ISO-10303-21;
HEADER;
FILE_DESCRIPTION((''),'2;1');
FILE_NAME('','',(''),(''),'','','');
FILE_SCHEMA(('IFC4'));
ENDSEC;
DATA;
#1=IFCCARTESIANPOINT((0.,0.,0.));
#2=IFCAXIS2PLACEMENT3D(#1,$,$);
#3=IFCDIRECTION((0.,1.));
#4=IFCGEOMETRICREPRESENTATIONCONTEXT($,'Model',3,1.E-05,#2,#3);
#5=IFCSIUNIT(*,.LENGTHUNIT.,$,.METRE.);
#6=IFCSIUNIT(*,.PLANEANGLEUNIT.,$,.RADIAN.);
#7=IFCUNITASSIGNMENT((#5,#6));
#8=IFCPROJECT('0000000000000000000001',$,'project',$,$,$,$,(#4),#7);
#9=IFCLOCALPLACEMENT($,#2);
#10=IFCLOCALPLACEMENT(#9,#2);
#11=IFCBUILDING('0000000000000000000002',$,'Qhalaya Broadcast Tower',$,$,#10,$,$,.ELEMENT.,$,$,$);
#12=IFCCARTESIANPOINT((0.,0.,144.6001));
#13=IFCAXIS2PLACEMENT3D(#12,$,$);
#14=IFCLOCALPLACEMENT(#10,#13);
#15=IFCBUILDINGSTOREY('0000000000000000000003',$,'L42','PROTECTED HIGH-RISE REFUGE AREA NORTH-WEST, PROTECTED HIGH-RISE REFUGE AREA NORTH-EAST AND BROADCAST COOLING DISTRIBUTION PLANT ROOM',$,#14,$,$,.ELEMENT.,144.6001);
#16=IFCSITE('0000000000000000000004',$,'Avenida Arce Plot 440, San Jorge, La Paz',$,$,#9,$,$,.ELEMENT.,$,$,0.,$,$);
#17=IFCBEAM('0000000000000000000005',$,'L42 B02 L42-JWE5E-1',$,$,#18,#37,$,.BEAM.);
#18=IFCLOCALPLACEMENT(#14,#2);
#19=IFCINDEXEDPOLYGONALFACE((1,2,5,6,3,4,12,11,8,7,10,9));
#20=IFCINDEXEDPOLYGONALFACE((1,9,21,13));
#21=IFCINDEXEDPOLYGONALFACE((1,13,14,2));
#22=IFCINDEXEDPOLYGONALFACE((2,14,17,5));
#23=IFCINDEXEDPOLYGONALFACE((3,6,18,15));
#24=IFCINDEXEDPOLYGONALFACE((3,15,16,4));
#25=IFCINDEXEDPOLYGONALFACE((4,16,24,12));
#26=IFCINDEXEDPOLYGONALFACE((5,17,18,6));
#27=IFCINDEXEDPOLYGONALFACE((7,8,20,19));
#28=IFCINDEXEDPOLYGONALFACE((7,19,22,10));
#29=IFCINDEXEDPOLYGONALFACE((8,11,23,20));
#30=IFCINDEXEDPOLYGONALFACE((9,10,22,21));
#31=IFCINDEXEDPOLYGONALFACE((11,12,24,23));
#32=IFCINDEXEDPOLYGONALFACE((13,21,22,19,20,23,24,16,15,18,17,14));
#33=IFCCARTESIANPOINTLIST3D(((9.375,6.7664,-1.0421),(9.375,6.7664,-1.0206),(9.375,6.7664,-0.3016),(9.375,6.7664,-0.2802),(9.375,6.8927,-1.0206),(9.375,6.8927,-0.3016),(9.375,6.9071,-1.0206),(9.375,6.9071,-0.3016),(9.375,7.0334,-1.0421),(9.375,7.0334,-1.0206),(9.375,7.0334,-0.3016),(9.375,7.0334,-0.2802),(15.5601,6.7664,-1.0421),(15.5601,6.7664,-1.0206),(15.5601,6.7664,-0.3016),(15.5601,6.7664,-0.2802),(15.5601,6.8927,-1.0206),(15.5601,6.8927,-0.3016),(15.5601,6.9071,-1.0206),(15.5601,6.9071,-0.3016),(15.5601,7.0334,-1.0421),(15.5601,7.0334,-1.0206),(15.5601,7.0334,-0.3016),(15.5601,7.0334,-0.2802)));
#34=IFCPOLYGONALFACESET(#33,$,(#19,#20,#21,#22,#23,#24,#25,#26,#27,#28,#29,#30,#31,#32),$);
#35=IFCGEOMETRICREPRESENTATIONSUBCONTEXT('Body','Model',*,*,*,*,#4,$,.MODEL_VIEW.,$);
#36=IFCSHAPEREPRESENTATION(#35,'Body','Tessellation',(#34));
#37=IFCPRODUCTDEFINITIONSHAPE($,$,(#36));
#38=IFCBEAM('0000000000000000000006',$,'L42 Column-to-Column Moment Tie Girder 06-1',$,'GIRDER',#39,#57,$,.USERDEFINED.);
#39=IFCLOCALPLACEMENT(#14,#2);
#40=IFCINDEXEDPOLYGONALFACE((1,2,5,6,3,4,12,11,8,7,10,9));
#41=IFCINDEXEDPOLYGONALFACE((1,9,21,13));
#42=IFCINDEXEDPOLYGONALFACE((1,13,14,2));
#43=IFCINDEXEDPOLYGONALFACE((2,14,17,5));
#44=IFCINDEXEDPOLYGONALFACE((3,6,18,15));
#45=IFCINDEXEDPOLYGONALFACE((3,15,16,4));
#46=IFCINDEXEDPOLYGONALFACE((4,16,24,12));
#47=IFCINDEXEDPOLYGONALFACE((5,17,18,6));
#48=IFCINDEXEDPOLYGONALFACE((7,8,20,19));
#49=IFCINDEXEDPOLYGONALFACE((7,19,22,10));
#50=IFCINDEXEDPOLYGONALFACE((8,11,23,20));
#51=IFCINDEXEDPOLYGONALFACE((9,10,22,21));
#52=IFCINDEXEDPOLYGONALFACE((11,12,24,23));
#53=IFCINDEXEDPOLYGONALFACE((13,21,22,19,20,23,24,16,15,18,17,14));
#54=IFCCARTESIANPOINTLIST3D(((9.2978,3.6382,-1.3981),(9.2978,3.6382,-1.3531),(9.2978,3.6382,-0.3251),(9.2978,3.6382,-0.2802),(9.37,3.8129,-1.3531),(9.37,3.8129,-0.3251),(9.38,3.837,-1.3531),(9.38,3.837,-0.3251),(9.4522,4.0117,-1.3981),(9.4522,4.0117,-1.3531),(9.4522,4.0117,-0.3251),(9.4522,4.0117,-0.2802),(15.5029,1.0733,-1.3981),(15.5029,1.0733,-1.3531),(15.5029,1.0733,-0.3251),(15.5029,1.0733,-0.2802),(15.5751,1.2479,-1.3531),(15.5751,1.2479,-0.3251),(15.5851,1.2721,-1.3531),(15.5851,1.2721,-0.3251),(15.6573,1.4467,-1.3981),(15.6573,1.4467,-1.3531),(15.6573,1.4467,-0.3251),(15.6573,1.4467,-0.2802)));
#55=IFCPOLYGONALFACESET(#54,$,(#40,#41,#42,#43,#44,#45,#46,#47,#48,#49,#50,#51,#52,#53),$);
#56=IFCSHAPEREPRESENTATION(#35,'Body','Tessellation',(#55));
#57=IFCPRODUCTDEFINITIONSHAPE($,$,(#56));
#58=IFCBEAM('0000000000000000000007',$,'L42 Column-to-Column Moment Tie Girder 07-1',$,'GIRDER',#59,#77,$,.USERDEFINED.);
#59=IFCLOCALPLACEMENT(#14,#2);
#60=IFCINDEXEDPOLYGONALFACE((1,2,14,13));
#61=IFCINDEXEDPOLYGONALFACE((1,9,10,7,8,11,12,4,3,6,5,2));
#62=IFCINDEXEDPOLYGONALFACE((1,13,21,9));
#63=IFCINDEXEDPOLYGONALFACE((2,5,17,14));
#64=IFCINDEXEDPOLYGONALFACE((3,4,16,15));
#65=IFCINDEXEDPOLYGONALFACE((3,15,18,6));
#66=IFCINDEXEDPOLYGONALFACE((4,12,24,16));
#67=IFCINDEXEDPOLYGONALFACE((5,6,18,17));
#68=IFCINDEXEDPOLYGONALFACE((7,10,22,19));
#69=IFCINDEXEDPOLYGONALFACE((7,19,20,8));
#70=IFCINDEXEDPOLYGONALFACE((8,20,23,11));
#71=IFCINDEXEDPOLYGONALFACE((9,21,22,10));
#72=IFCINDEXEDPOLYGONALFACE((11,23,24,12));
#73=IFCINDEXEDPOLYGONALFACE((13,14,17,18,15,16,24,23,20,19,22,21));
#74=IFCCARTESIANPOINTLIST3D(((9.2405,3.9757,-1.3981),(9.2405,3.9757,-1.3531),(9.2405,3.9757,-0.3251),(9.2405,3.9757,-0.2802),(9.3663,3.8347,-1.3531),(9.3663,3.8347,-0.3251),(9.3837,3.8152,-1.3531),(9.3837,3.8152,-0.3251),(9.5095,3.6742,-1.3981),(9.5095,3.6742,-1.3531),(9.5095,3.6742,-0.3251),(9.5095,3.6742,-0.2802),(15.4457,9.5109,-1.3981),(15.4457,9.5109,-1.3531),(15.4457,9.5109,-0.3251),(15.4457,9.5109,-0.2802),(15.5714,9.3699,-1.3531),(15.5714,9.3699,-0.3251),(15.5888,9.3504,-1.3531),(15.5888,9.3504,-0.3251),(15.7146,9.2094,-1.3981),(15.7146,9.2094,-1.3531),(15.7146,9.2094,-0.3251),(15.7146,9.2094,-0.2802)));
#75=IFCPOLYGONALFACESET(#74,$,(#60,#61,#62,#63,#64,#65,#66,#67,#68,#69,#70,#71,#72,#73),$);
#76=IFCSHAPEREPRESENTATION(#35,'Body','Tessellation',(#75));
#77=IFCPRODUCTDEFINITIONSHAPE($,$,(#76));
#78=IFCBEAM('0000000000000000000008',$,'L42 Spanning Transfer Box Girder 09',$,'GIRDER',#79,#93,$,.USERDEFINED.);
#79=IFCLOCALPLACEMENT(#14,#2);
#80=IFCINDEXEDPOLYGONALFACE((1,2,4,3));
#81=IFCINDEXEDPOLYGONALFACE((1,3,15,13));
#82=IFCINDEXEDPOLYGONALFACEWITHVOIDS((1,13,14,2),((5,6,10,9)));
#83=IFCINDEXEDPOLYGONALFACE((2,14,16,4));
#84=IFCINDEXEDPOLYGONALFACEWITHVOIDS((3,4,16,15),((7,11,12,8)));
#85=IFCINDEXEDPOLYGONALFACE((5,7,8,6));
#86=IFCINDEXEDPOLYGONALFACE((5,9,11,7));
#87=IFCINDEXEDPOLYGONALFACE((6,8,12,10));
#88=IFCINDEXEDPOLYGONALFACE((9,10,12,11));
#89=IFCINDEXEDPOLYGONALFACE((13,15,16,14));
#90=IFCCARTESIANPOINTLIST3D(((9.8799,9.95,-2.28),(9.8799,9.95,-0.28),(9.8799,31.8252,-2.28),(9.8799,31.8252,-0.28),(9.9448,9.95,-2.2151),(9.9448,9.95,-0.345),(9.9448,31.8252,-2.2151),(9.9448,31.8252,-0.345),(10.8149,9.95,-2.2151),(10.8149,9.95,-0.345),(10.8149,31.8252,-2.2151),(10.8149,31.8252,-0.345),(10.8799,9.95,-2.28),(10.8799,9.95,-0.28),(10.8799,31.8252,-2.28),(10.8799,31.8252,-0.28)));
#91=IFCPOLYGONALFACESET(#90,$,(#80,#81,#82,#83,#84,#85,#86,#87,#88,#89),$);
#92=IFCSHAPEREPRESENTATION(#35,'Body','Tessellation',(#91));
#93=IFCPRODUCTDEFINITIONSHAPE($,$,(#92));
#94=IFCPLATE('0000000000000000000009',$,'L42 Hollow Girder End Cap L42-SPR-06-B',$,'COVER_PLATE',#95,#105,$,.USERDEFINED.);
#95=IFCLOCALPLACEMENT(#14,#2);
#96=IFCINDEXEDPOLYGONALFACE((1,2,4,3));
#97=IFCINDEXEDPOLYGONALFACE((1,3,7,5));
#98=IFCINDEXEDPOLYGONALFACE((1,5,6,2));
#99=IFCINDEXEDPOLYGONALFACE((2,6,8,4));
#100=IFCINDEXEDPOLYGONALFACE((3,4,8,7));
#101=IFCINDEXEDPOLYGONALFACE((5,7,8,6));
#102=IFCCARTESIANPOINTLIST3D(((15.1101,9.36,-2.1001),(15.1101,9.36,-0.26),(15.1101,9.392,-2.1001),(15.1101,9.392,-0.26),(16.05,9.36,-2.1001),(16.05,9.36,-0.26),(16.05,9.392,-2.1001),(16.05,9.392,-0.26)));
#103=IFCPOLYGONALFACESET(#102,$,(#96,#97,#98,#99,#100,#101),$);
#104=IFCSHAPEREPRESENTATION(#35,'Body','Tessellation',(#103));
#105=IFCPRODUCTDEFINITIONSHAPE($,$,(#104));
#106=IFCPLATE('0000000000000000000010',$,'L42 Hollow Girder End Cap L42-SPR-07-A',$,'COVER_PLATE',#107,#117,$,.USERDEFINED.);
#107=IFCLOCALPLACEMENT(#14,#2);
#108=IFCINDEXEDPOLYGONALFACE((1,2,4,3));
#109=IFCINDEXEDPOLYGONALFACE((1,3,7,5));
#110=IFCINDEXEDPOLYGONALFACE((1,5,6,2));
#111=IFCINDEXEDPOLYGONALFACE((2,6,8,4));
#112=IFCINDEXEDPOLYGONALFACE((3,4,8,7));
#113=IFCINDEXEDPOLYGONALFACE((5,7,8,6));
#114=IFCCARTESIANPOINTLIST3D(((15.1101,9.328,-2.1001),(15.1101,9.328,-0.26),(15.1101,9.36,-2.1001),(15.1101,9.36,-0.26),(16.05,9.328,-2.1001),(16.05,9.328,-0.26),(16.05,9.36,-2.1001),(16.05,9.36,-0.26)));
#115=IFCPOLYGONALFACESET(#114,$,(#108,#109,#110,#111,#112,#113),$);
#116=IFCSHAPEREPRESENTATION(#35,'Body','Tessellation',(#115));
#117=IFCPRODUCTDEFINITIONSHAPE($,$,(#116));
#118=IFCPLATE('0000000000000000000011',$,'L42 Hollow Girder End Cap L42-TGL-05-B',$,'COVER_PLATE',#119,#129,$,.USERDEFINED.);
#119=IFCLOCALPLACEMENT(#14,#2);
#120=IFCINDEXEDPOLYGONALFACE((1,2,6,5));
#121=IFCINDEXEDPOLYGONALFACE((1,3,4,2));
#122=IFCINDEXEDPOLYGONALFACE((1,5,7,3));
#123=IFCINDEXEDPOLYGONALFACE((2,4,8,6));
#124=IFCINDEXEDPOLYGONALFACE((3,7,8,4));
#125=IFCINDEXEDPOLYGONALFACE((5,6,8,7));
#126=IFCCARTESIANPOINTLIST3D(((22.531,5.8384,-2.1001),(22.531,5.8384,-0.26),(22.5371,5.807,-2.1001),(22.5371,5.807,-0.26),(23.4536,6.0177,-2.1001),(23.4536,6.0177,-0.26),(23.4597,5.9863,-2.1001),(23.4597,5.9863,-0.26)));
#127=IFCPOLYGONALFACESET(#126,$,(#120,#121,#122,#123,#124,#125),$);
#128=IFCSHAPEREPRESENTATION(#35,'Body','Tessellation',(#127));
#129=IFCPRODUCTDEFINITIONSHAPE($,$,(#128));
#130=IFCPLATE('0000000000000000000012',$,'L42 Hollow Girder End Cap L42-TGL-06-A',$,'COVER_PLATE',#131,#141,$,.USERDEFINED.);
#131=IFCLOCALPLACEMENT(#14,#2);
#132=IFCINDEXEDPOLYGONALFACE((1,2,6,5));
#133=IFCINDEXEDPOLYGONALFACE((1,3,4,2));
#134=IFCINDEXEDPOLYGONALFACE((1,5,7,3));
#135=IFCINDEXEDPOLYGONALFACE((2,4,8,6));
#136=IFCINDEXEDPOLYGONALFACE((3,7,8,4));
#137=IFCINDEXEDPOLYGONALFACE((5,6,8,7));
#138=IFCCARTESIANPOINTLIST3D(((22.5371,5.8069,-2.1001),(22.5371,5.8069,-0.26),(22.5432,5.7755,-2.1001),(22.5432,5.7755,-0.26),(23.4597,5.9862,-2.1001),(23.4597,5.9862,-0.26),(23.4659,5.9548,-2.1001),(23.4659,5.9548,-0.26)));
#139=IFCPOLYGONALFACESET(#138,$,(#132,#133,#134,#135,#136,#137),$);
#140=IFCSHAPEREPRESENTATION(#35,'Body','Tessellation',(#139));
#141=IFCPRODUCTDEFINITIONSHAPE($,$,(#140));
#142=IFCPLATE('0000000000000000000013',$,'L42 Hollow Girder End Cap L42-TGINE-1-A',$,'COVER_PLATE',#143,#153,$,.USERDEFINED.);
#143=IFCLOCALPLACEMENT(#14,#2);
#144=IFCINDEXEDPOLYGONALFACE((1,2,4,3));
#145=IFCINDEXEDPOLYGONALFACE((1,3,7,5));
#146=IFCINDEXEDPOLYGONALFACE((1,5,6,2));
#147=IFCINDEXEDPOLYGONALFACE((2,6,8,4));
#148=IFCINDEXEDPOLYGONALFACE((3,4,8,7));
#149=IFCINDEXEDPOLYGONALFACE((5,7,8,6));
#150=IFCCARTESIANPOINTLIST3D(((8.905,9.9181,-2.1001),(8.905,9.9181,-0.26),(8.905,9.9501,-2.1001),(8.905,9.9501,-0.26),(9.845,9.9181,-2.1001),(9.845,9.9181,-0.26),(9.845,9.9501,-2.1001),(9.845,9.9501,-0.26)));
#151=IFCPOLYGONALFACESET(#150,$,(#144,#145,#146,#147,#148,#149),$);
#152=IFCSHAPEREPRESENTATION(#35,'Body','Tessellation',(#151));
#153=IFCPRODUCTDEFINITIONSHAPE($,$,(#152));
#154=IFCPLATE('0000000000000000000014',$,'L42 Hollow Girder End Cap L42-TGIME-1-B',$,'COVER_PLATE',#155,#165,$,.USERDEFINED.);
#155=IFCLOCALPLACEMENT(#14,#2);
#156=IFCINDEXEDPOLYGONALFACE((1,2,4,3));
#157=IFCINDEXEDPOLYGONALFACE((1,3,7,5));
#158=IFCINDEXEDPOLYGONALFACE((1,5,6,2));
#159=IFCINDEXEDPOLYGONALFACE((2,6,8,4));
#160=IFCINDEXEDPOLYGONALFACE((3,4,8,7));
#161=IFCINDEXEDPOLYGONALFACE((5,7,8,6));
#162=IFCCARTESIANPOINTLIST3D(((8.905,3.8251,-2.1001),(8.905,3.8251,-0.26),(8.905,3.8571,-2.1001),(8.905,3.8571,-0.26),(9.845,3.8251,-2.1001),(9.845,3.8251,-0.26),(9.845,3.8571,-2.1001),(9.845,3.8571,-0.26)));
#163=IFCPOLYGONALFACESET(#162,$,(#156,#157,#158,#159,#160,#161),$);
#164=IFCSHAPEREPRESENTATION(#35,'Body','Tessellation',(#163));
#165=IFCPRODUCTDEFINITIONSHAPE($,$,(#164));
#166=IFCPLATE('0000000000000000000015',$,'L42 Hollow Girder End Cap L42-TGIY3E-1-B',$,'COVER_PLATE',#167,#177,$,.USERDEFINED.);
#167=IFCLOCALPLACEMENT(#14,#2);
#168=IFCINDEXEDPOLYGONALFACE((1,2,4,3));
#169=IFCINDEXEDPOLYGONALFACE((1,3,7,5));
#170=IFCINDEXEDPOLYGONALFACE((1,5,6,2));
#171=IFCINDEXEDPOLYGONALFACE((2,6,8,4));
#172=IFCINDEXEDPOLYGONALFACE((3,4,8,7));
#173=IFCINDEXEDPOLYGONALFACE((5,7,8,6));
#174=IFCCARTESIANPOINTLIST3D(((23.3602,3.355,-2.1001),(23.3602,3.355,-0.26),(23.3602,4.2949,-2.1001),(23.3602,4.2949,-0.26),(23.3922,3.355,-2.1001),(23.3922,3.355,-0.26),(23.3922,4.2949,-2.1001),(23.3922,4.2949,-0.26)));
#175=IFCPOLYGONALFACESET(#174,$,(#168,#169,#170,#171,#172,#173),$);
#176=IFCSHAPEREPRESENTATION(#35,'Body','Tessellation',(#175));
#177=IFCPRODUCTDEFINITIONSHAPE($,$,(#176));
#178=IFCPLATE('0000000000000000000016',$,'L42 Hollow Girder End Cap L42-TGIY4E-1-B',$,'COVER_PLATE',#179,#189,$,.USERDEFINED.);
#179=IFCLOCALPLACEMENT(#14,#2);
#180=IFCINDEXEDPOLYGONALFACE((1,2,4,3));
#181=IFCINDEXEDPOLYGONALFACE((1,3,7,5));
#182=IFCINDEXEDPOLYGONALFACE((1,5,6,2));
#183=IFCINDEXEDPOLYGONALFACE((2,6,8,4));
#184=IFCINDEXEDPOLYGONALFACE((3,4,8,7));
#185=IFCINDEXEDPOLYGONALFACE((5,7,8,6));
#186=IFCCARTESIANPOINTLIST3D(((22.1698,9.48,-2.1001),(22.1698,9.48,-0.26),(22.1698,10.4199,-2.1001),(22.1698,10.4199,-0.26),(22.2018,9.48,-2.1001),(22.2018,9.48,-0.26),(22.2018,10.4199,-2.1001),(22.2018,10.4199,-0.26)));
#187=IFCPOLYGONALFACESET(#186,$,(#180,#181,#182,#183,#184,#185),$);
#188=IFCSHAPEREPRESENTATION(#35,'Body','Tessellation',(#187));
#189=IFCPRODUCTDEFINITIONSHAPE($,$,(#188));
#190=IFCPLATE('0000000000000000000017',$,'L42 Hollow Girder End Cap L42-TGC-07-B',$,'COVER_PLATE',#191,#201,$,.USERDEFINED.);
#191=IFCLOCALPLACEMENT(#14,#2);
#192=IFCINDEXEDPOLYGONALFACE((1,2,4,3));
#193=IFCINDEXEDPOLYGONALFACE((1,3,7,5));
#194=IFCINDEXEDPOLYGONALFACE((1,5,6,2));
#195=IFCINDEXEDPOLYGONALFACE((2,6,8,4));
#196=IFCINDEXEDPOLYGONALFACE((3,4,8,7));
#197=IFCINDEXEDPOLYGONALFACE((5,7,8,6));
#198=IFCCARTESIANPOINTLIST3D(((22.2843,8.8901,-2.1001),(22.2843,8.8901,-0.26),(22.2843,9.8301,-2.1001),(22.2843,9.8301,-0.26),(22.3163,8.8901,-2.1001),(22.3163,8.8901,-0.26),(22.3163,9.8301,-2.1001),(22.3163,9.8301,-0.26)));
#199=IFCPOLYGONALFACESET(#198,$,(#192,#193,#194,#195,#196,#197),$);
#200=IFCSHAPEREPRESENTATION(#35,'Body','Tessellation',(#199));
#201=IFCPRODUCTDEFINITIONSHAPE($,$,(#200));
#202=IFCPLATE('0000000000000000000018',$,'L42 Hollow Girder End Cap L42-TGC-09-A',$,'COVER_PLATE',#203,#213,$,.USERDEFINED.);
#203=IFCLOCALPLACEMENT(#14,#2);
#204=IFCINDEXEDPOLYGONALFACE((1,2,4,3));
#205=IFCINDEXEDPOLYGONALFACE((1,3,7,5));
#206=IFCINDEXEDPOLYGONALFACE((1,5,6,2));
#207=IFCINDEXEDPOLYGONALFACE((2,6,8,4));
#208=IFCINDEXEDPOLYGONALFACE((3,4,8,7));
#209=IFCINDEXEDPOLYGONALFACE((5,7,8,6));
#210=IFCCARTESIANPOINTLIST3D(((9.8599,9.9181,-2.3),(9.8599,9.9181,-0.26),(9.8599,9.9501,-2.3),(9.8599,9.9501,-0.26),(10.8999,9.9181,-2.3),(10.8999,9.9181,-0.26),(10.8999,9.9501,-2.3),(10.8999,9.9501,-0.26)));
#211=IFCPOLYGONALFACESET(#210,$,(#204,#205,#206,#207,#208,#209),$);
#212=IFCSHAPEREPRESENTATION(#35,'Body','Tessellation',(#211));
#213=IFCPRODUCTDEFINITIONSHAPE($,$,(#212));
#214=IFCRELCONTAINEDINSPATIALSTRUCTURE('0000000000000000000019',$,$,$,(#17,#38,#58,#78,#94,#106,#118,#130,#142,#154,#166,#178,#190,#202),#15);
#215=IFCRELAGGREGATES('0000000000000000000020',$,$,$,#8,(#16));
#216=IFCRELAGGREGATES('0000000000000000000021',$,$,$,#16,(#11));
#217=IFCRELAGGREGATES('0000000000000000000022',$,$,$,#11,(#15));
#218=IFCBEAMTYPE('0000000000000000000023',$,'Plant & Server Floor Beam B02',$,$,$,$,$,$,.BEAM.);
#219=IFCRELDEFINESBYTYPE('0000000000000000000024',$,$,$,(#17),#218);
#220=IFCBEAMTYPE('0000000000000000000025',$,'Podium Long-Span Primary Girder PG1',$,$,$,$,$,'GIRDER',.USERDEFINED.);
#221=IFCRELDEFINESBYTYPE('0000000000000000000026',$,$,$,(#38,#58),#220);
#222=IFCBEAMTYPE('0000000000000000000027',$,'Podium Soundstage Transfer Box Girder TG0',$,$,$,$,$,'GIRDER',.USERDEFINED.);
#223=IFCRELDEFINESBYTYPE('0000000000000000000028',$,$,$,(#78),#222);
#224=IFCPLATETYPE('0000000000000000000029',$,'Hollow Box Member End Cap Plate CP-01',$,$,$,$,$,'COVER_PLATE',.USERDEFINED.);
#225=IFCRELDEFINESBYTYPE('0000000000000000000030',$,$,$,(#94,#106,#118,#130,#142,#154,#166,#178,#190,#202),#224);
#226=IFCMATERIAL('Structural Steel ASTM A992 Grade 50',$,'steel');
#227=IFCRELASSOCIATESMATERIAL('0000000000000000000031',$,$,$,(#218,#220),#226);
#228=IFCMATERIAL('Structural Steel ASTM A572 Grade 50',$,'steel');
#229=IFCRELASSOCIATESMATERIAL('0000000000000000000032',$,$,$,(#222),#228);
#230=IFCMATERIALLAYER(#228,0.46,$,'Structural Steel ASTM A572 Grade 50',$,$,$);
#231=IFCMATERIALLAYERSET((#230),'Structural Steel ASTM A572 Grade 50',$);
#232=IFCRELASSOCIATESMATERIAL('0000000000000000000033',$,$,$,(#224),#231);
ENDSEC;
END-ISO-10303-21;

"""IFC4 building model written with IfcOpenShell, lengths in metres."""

from ifc_helpers import new_model, si_unit, direction, frame, origin, origin_2d, place, context, subcontext, project, spatial, rectangle, hollow_rectangle, i_section, extrude, material, layer, layer_set, material_profile, profile_set, type_object, element, save


model = new_model("IFC4")

# Units and contexts
model_context = context("Model", 3, precision=1e-05, world=origin(), true_north=direction((0.0, 1.0)))
body_context = subcontext(model_context, "Body", "Model", "MODEL_VIEW")
ifc_project = project(units=[si_unit("LENGTHUNIT", "METRE"), si_unit("PLANEANGLEUNIT", "RADIAN")], contexts=[model_context])

# Site, building, storey
site_placement = place(None, origin())
site = spatial("IfcSite", under=ifc_project, at=site_placement, Name="Avenida Arce Plot 440, San Jorge, La Paz", CompositionType="ELEMENT", RefElevation=0.0)
building_placement = place(site_placement, origin())
building = spatial("IfcBuilding", under=site, at=building_placement, Name="Qhalaya Broadcast Tower", CompositionType="ELEMENT")
storey_placement = place(building_placement, frame((0.0, 0.0, 144.6001)))
storey = spatial("IfcBuildingStorey", under=building, at=storey_placement, Name="L42", Description="PROTECTED HIGH-RISE REFUGE AREA NORTH-WEST, PROTECTED HIGH-RISE REFUGE AREA NORTH-EAST AND BROADCAST COOLING DISTRIBUTION PLANT ROOM", CompositionType="ELEMENT", Elevation=144.6001)

# Shared definitions
ifc_material_1 = material(Name="Structural Steel ASTM A572 Grade 50", Category="steel")

# Beams
ifc_material_2 = material(Name="Structural Steel ASTM A992 Grade 50", Category="steel")
ifc_material_profile_1 = material_profile(ifc_material_2, i_section(OverallWidth=0.2671, OverallDepth=0.762, WebThickness=0.0144, FlangeThickness=0.0215, at=origin_2d()), Name="W30X116")
ifc_profile_set_1 = profile_set([ifc_material_profile_1], Name="Structural Steel ASTM A992 Grade 50")
beam_type_1 = type_object("IfcBeamType", Name="Plant & Server Floor Beam B02", PredefinedType="BEAM", material=ifc_profile_set_1)
beam_1_placement = place(storey_placement, frame((9.375, 6.8999, -0.6611), z_axis=(1.0, 0.0, 0.0), x_axis=(0.0, 1.0, 0.0)))
element("IfcBeam", 1, at=beam_1_placement, inside=storey, type_object=beam_type_1, Name="L42 B02 L42-JWE5E-1", PredefinedType="BEAM", context=body_context, shape_type="SweptSolid", body=[
    extrude(i_section(OverallWidth=0.2671, OverallDepth=0.762, WebThickness=0.0144, FlangeThickness=0.0215, at=origin_2d()), origin(), (0.0, 0.0, 1.0), 6.1851),
])
ifc_material_profile_2 = material_profile(ifc_material_2, i_section(OverallWidth=0.4041, OverallDepth=1.1179, WebThickness=0.0261, FlangeThickness=0.0449, at=origin_2d()), Name="W44X335")
ifc_profile_set_2 = profile_set([ifc_material_profile_2], Name="Structural Steel ASTM A992 Grade 50")
beam_type_2 = type_object("IfcBeamType", Name="Podium Long-Span Primary Girder PG1", ElementType="GIRDER", PredefinedType="USERDEFINED", material=ifc_profile_set_2)
beam_2_placement = place(storey_placement, frame((9.375, 3.825, -0.8391), z_axis=(0.924158, -0.382011, 0.0), x_axis=(0.382011, 0.924158, 0.0)))
element("IfcBeam", 2, at=beam_2_placement, inside=storey, type_object=beam_type_2, Name="L42 Column-to-Column Moment Tie Girder 06-1", ObjectType="GIRDER", PredefinedType="USERDEFINED", context=body_context, shape_type="SweptSolid", body=[
    extrude(i_section(OverallWidth=0.4041, OverallDepth=1.1179, WebThickness=0.0261, FlangeThickness=0.0449, at=origin_2d()), origin(), (0.0, 0.0, 1.0), 6.7144),
])
beam_3_placement = place(storey_placement, frame((9.375, 3.825, -0.8391), z_axis=(0.746242, 0.665675, 0.0), x_axis=(-0.665675, 0.746242, 0.0)))
element("IfcBeam", 3, at=beam_3_placement, inside=storey, type_object=beam_type_2, Name="L42 Column-to-Column Moment Tie Girder 07-1", ObjectType="GIRDER", PredefinedType="USERDEFINED", context=body_context, shape_type="SweptSolid", body=[
    extrude(i_section(OverallWidth=0.4041, OverallDepth=1.1179, WebThickness=0.0261, FlangeThickness=0.0449, at=origin_2d()), origin(), (0.0, 0.0, 1.0), 8.3152),
])
ifc_material_profile_3 = material_profile(ifc_material_1, hollow_rectangle(XDim=1.0, YDim=2.0, WallThickness=0.0649, at=origin_2d()), Name="BOX 1000x2000x65")
ifc_profile_set_3 = profile_set([ifc_material_profile_3], Name="Structural Steel ASTM A572 Grade 50")
beam_type_3 = type_object("IfcBeamType", Name="Podium Soundstage Transfer Box Girder TG0", ElementType="GIRDER", PredefinedType="USERDEFINED", material=ifc_profile_set_3)
beam_4_placement = place(storey_placement, frame((10.3799, 9.95, -1.28), z_axis=(0.0, 1.0, 0.0), x_axis=(-1.0, 0.0, 0.0)))
element("IfcBeam", 4, at=beam_4_placement, inside=storey, type_object=beam_type_3, Name="L42 Spanning Transfer Box Girder 09", ObjectType="GIRDER", PredefinedType="USERDEFINED", context=body_context, shape_type="SweptSolid", body=[
    extrude(hollow_rectangle(XDim=1.0, YDim=2.0, WallThickness=0.0649, at=origin_2d()), origin(), (0.0, 0.0, 1.0), 21.8752),
])

# Plates
ifc_layer_1 = layer(ifc_material_1, 0.46, Name="Structural Steel ASTM A572 Grade 50")
ifc_layer_set_1 = layer_set([ifc_layer_1], Name="Structural Steel ASTM A572 Grade 50")
plate_type_1 = type_object("IfcPlateType", Name="Hollow Box Member End Cap Plate CP-01", ElementType="COVER_PLATE", PredefinedType="USERDEFINED", material=ifc_layer_set_1)
for number, where, z_axis, x_axis, name in (
    (5, (15.5801, 9.376, -2.1001), (0.0, 0.0, 1.0), (-1.0, 0.0, 0.0), "L42 Hollow Girder End Cap L42-SPR-06-B"),
    (6, (15.5801, 9.344, -2.1001), (0.0, 0.0, 1.0), (-1.0, 0.0, 0.0), "L42 Hollow Girder End Cap L42-SPR-07-A"),
    (7, (22.9954, 5.9124, -2.1001), (0.0, 0.0, 1.0), (-0.981627, -0.190809, 0.0), "L42 Hollow Girder End Cap L42-TGL-05-B"),
    (8, (23.0015, 5.8809, -2.1001), (0.0, 0.0, 1.0), (-0.981627, -0.190809, 0.0), "L42 Hollow Girder End Cap L42-TGL-06-A"),
    (9, (9.375, 9.9341, -2.1001), (0.0, 0.0, 1.0), (-1.0, 0.0, 0.0), "L42 Hollow Girder End Cap L42-TGINE-1-A"),
    (10, (9.375, 3.8411, -2.1001), (0.0, 0.0, 1.0), (-1.0, 0.0, 0.0), "L42 Hollow Girder End Cap L42-TGIME-1-B"),
    (11, (23.3762, 3.825, -2.1001), (0.0, 0.0, 1.0), (0.0, 1.0, 0.0), "L42 Hollow Girder End Cap L42-TGIY3E-1-B"),
    (12, (22.1858, 9.95, -2.1001), (0.0, 0.0, 1.0), (0.0, 1.0, 0.0), "L42 Hollow Girder End Cap L42-TGIY4E-1-B"),
    (13, (22.3003, 9.3601, -2.1001), (0.0, 0.0, 1.0), (0.0, 1.0, 0.0), "L42 Hollow Girder End Cap L42-TGC-07-B"),
):
    element("IfcPlate", number, at=place(storey_placement, frame(where, z_axis=z_axis, x_axis=x_axis)), inside=storey, type_object=plate_type_1, Name=name, ObjectType="COVER_PLATE", PredefinedType="USERDEFINED", context=body_context, shape_type="SweptSolid", body=[
        extrude(rectangle(XDim=0.9399, YDim=0.032, at=origin_2d()), origin(), (0.0, 0.0, 1.0), 1.8401),
    ])
plate_1_placement = place(storey_placement, frame((10.3799, 9.9341, -2.3), z_axis=(0.0, 0.0, 1.0), x_axis=(-1.0, 0.0, 0.0)))
element("IfcPlate", 14, at=plate_1_placement, inside=storey, type_object=plate_type_1, Name="L42 Hollow Girder End Cap L42-TGC-09-A", ObjectType="COVER_PLATE", PredefinedType="USERDEFINED", context=body_context, shape_type="SweptSolid", body=[
    extrude(rectangle(XDim=1.04, YDim=0.032, at=origin_2d()), origin(), (0.0, 0.0, 1.0), 2.04),
])

save(model, "model.ifc")
